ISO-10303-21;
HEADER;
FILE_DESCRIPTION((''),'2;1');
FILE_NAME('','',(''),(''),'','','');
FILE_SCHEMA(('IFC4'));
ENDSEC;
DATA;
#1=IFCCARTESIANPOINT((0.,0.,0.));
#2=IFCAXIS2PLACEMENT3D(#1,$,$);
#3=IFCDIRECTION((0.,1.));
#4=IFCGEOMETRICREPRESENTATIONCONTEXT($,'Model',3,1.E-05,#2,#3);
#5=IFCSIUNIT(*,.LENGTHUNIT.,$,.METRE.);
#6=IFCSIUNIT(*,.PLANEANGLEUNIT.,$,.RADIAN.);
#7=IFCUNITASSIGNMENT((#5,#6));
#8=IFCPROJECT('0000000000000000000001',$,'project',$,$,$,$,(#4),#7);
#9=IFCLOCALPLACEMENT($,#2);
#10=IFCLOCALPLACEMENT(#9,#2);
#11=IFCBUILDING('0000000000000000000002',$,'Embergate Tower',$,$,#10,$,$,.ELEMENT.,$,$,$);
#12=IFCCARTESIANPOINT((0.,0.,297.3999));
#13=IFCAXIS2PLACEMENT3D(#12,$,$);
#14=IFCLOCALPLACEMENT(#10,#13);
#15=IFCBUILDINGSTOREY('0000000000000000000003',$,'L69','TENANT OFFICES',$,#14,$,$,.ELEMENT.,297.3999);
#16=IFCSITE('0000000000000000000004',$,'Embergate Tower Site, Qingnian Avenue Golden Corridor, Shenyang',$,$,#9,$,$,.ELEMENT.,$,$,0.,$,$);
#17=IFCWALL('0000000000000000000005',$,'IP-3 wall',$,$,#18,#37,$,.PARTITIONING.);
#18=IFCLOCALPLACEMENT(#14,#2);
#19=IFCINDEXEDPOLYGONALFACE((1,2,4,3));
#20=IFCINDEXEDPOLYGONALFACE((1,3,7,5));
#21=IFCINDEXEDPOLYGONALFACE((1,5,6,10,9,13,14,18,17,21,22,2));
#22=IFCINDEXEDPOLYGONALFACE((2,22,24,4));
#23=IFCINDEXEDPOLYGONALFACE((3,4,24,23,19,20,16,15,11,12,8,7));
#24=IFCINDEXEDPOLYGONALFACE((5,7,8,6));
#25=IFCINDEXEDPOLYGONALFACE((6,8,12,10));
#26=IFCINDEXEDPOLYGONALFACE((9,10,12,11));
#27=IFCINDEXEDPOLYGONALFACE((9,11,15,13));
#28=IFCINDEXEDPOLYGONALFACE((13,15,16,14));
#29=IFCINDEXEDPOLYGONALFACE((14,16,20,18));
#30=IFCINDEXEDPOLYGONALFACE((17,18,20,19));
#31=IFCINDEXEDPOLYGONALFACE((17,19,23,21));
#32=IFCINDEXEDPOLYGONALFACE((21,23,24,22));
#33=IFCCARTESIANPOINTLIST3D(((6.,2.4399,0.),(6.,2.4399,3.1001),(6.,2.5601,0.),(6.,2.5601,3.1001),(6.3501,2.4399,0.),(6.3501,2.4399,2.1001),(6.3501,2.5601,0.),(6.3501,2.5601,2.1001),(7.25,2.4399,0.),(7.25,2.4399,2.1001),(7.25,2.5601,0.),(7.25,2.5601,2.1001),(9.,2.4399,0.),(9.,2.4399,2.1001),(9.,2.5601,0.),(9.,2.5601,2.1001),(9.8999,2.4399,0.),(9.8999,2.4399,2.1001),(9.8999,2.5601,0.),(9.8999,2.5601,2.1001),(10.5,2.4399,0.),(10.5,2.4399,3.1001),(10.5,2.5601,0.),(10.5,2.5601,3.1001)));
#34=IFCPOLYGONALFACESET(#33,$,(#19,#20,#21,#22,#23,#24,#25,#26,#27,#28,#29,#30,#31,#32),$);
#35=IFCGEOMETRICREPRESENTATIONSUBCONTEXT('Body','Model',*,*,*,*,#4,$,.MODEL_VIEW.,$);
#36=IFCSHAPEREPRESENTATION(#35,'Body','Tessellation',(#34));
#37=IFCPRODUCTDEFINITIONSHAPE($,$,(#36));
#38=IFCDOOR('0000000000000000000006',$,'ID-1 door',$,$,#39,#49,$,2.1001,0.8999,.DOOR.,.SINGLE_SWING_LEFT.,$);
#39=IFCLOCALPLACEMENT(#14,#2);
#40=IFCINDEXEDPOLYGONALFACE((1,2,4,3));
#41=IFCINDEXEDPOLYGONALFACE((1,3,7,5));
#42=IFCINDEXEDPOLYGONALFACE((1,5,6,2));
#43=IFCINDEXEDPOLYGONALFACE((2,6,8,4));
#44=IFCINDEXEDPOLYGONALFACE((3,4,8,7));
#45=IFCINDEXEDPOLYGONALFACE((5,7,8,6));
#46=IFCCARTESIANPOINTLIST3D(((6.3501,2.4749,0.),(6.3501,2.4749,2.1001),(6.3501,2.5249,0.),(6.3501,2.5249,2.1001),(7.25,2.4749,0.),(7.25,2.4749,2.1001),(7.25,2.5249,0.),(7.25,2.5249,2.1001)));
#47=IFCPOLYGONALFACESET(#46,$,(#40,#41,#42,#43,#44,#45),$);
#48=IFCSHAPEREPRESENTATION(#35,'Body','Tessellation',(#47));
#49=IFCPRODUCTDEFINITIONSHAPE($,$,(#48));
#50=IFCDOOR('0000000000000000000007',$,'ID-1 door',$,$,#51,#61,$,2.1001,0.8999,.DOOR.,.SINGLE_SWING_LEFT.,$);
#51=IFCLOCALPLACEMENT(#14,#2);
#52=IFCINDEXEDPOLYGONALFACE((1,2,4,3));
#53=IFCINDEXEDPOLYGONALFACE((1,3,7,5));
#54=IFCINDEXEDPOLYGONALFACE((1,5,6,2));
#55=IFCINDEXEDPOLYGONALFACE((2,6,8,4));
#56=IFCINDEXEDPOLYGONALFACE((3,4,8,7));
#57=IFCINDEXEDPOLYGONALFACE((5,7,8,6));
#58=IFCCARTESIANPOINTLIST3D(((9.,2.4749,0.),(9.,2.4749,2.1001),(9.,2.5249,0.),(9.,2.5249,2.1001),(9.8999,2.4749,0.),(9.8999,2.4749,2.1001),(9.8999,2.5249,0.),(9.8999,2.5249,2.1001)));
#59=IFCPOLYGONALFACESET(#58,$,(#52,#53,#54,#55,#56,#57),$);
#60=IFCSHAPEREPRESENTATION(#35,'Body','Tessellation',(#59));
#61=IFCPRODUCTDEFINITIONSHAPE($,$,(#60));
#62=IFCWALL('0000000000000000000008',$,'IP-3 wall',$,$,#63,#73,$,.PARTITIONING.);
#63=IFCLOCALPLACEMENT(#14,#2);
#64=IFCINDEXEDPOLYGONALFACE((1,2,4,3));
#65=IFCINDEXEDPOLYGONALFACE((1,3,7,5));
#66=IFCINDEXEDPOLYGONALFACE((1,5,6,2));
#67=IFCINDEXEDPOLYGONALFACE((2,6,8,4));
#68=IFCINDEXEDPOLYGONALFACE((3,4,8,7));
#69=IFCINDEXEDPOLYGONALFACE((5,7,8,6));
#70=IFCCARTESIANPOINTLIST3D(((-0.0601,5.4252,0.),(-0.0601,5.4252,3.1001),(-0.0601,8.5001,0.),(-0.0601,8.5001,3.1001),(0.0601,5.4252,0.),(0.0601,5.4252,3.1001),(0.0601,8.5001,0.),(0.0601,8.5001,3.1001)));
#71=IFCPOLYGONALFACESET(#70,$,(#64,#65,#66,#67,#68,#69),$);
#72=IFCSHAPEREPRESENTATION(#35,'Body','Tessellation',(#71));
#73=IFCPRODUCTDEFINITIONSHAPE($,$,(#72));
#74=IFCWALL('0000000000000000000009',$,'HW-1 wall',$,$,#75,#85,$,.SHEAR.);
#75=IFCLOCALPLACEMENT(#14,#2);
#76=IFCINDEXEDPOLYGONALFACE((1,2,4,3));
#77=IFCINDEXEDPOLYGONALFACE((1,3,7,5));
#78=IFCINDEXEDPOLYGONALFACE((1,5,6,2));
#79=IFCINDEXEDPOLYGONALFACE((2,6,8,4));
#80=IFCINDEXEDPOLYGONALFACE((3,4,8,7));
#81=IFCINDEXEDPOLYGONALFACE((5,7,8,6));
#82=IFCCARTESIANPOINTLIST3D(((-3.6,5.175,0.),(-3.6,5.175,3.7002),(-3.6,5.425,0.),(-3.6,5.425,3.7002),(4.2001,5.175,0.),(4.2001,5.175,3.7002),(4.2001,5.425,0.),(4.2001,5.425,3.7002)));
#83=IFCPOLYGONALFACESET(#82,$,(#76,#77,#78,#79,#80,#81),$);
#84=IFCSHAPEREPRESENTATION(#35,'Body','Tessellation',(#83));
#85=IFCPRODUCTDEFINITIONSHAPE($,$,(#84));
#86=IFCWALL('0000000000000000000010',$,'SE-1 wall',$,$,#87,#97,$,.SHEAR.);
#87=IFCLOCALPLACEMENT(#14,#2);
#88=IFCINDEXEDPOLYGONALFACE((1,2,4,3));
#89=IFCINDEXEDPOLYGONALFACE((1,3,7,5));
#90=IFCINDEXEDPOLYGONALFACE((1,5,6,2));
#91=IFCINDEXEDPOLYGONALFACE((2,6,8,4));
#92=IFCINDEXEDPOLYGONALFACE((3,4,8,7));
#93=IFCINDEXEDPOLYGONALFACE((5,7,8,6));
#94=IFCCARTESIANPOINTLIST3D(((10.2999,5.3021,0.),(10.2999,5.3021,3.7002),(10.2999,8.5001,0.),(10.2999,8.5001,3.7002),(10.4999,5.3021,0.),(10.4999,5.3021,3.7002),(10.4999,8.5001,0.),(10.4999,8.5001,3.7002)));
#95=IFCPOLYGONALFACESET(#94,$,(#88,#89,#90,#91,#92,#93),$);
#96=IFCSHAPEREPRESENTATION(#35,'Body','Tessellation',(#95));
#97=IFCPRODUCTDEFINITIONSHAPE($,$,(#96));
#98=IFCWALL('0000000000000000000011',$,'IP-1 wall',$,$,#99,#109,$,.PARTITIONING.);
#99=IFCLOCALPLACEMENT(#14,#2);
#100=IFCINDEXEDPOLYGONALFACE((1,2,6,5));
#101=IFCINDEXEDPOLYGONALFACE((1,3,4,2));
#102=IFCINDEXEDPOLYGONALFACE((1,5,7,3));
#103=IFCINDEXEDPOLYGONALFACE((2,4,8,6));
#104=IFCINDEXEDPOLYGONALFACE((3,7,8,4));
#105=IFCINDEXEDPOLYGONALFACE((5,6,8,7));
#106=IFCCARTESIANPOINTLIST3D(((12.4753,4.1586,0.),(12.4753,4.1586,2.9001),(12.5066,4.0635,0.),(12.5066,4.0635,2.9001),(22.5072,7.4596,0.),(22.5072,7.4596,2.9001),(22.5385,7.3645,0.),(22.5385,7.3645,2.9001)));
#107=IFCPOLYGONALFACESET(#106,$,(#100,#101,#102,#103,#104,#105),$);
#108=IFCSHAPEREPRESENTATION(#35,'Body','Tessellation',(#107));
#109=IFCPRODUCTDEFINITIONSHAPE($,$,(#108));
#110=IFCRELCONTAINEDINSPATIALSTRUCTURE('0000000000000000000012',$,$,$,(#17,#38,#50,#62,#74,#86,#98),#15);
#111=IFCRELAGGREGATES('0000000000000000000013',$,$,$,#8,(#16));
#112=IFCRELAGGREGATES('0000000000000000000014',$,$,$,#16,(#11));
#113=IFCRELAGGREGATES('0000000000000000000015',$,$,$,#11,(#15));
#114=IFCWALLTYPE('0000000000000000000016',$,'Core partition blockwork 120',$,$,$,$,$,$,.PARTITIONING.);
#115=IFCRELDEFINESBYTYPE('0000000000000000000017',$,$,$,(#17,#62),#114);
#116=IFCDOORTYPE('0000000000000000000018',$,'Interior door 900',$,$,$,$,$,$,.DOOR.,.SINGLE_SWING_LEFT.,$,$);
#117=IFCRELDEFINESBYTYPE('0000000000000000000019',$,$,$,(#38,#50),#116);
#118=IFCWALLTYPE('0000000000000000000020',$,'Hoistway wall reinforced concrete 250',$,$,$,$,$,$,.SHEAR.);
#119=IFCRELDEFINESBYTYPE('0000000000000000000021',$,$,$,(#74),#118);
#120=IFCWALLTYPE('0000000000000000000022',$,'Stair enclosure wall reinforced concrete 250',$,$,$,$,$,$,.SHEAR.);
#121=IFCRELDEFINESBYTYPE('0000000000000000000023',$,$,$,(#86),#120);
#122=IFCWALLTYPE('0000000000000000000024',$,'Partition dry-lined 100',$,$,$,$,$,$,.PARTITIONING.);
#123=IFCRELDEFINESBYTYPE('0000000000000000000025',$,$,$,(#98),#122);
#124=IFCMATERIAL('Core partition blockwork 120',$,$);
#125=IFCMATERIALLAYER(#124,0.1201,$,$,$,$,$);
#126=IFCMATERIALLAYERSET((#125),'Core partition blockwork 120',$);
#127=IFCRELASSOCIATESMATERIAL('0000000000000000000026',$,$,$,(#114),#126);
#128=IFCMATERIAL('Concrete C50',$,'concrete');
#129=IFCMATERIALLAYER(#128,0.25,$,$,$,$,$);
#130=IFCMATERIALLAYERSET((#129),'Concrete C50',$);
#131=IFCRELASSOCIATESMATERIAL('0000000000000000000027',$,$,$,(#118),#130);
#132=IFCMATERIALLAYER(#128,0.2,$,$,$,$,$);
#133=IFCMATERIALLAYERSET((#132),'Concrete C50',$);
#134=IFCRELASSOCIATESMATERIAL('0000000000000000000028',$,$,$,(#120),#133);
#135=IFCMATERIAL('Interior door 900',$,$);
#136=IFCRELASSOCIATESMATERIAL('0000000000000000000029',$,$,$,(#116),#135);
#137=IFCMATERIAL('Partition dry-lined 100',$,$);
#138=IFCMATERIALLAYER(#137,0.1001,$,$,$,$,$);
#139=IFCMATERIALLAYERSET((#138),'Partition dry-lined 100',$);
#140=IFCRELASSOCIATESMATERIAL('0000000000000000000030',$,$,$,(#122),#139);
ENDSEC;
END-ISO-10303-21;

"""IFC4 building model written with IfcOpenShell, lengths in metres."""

from ifc_helpers import new_model, si_unit, direction, frame, frame_2d, origin, place, context, subcontext, project, spatial, rectangle, extrude, source, transform, mapped, material, layer, layer_set, type_object, element, fill, save


model = new_model("IFC4")

# Units and contexts
model_context = context("Model", 3, precision=1e-05, world=origin(), true_north=direction((0.0, 1.0)))
body_context = subcontext(model_context, "Body", "Model", "MODEL_VIEW")
ifc_project = project(units=[si_unit("LENGTHUNIT", "METRE"), si_unit("PLANEANGLEUNIT", "RADIAN")], contexts=[model_context])

# Site, building, storey
site_placement = place(None, origin())
site = spatial("IfcSite", under=ifc_project, at=site_placement, Name="Embergate Tower Site, Qingnian Avenue Golden Corridor, Shenyang", CompositionType="ELEMENT", RefElevation=0.0)
building_placement = place(site_placement, origin())
building = spatial("IfcBuilding", under=site, at=building_placement, Name="Embergate Tower", CompositionType="ELEMENT")
storey_placement = place(building_placement, frame((0.0, 0.0, 297.3999)))
storey = spatial("IfcBuildingStorey", under=building, at=storey_placement, Name="L69", Description="TENANT OFFICES", CompositionType="ELEMENT", Elevation=297.3999)

# Shared definitions
ifc_material_1 = material(Name="Core partition blockwork 120")
ifc_layer_1 = layer(ifc_material_1, 0.1201)
ifc_layer_set_1 = layer_set([ifc_layer_1], Name="Core partition blockwork 120")
wall_type_1 = type_object("IfcWallType", Name="Core partition blockwork 120", PredefinedType="PARTITIONING", material=ifc_layer_set_1)

# Shared definitions
ifc_material_2 = material(Name="Concrete C50", Category="concrete")
ifc_layer_2 = layer(ifc_material_2, 0.25)
ifc_layer_set_2 = layer_set([ifc_layer_2], Name="Concrete C50")
wall_type_2 = type_object("IfcWallType", Name="Hoistway wall reinforced concrete 250", PredefinedType="SHEAR", material=ifc_layer_set_2)

# Shared definitions
ifc_layer_3 = layer(ifc_material_2, 0.2)
ifc_layer_set_3 = layer_set([ifc_layer_3], Name="Concrete C50")
wall_type_3 = type_object("IfcWallType", Name="Stair enclosure wall reinforced concrete 250", PredefinedType="SHEAR", material=ifc_layer_set_3)

# Wall, openings, doors
shared_shape_1 = source(origin(), body_context, "Body", "SweptSolid", [
    extrude(rectangle(XDim=4.5, YDim=0.1201, at=frame_2d((2.25, 0.0))), origin(), (0.0, 0.0, 1.0), 3.1001),
])
wall_1_placement = place(storey_placement, frame((6.0, 2.5, 0.0), z_axis=(0.0, 0.0, 1.0), x_axis=(1.0, 0.0, 0.0)))
wall_1 = element("IfcWall", 1, at=wall_1_placement, inside=storey, type_object=wall_type_1, Name="IP-3 wall", PredefinedType="PARTITIONING", context=body_context, shape_type="MappedRepresentation", body=[
    mapped(shared_shape_1, transform((0.0, 0.0, 0.0))),
])
shared_shape_2 = source(origin(), body_context, "Body", "SweptSolid", [
    extrude(rectangle(XDim=0.8999, YDim=2.1001, at=frame_2d((0.45, 1.05))), frame((0.0, 0.0701, 0.0), z_axis=(0.0, -1.0, 0.0), x_axis=(1.0, 0.0, 0.0)), (0.0, 0.0, 1.0), 0.1401),
])
opening_1_placement = place(wall_1_placement, frame((0.3501, 0.0, 0.0)))
opening_1 = element("IfcOpeningElement", 2, at=opening_1_placement, cuts=wall_1, PredefinedType="OPENING", context=body_context, shape_type="MappedRepresentation", body=[
    mapped(shared_shape_2, transform((0.0, 0.0, 0.0))),
])
opening_2_placement = place(wall_1_placement, frame((3.0, 0.0, 0.0)))
opening_2 = element("IfcOpeningElement", 3, at=opening_2_placement, cuts=wall_1, PredefinedType="OPENING", context=body_context, shape_type="MappedRepresentation", body=[
    mapped(shared_shape_2, transform((0.0, 0.0, 0.0))),
])
ifc_material_3 = material(Name="Interior door 900")
door_type_1 = type_object("IfcDoorType", Name="Interior door 900", OperationType="SINGLE_SWING_LEFT", PredefinedType="DOOR", material=ifc_material_3)
shared_shape_3 = source(origin(), body_context, "Body", "SweptSolid", [
    extrude(rectangle(XDim=0.8999, YDim=2.1001, at=frame_2d((0.45, 1.05))), frame((0.0, 0.0249, 0.0), z_axis=(0.0, -1.0, 0.0), x_axis=(1.0, 0.0, 0.0)), (0.0, 0.0, 1.0), 0.05),
])
door_1_placement = place(opening_1_placement, origin())
door_1 = element("IfcDoor", 4, at=door_1_placement, inside=storey, type_object=door_type_1, Name="ID-1 door", OperationType="SINGLE_SWING_LEFT", OverallHeight=2.1001, OverallWidth=0.8999, PredefinedType="DOOR", context=body_context, shape_type="MappedRepresentation", body=[
    mapped(shared_shape_3, transform((0.0, 0.0, 0.0))),
])
fill(opening_1, door_1)
door_2_placement = place(opening_2_placement, origin())
door_2 = element("IfcDoor", 5, at=door_2_placement, inside=storey, type_object=door_type_1, Name="ID-1 door", OperationType="SINGLE_SWING_LEFT", OverallHeight=2.1001, OverallWidth=0.8999, PredefinedType="DOOR", context=body_context, shape_type="MappedRepresentation", body=[
    mapped(shared_shape_3, transform((0.0, 0.0, 0.0))),
])
fill(opening_2, door_2)

# Walls
shared_shape_4 = source(origin(), body_context, "Body", "SweptSolid", [
    extrude(rectangle(XDim=3.075, YDim=0.1201, at=frame_2d((1.5376, 0.0))), origin(), (0.0, 0.0, 1.0), 3.1001),
])
wall_2_placement = place(storey_placement, frame((0.0, 5.425, 0.0), z_axis=(0.0, 0.0, 1.0), x_axis=(0.0, 1.0, 0.0)))
element("IfcWall", 6, at=wall_2_placement, inside=storey, type_object=wall_type_1, Name="IP-3 wall", PredefinedType="PARTITIONING", context=body_context, shape_type="MappedRepresentation", body=[
    mapped(shared_shape_4, transform((0.0, 0.0, 0.0))),
])
shared_shape_5 = source(origin(), body_context, "Body", "SweptSolid", [
    extrude(rectangle(XDim=7.8, YDim=0.25, at=frame_2d((3.8999, 0.0))), origin(), (0.0, 0.0, 1.0), 3.7002),
])
wall_3_placement = place(storey_placement, frame((4.2, 5.3, 0.0), z_axis=(0.0, 0.0, 1.0), x_axis=(-1.0, 0.0, 0.0)))
element("IfcWall", 7, at=wall_3_placement, inside=storey, type_object=wall_type_2, Name="HW-1 wall", PredefinedType="SHEAR", context=body_context, shape_type="MappedRepresentation", body=[
    mapped(shared_shape_5, transform((0.0, 0.0, 0.0))),
])
shared_shape_6 = source(origin(), body_context, "Body", "SweptSolid", [
    extrude(rectangle(XDim=3.198, YDim=0.2, at=frame_2d((1.5991, 0.0))), origin(), (0.0, 0.0, 1.0), 3.7002),
])
wall_4_placement = place(storey_placement, frame((10.3999, 5.302, 0.0), z_axis=(0.0, 0.0, 1.0), x_axis=(0.0, 1.0, 0.0)))
element("IfcWall", 8, at=wall_4_placement, inside=storey, type_object=wall_type_3, Name="SE-1 wall", PredefinedType="SHEAR", context=body_context, shape_type="MappedRepresentation", body=[
    mapped(shared_shape_6, transform((0.0, 0.0, 0.0))),
])
ifc_material_4 = material(Name="Partition dry-lined 100")
ifc_layer_4 = layer(ifc_material_4, 0.1001)
ifc_layer_set_4 = layer_set([ifc_layer_4], Name="Partition dry-lined 100")
wall_type_4 = type_object("IfcWallType", Name="Partition dry-lined 100", PredefinedType="PARTITIONING", material=ifc_layer_set_4)
shared_shape_7 = source(origin(), body_context, "Body", "SweptSolid", [
    extrude(rectangle(XDim=10.561, YDim=0.1001, at=frame_2d((5.2805, 0.0))), origin(), (0.0, 0.0, 1.0), 2.9001),
])
wall_5_placement = place(storey_placement, frame((12.491, 4.1111, 0.0), z_axis=(0.0, 0.0, 1.0), x_axis=(0.949897, 0.312564, 0.0)))
element("IfcWall", 9, at=wall_5_placement, inside=storey, type_object=wall_type_4, Name="IP-1 wall", PredefinedType="PARTITIONING", context=body_context, shape_type="MappedRepresentation", body=[
    mapped(shared_shape_7, transform((0.0, 0.0, 0.0))),
])

save(model, "model.ifc")
